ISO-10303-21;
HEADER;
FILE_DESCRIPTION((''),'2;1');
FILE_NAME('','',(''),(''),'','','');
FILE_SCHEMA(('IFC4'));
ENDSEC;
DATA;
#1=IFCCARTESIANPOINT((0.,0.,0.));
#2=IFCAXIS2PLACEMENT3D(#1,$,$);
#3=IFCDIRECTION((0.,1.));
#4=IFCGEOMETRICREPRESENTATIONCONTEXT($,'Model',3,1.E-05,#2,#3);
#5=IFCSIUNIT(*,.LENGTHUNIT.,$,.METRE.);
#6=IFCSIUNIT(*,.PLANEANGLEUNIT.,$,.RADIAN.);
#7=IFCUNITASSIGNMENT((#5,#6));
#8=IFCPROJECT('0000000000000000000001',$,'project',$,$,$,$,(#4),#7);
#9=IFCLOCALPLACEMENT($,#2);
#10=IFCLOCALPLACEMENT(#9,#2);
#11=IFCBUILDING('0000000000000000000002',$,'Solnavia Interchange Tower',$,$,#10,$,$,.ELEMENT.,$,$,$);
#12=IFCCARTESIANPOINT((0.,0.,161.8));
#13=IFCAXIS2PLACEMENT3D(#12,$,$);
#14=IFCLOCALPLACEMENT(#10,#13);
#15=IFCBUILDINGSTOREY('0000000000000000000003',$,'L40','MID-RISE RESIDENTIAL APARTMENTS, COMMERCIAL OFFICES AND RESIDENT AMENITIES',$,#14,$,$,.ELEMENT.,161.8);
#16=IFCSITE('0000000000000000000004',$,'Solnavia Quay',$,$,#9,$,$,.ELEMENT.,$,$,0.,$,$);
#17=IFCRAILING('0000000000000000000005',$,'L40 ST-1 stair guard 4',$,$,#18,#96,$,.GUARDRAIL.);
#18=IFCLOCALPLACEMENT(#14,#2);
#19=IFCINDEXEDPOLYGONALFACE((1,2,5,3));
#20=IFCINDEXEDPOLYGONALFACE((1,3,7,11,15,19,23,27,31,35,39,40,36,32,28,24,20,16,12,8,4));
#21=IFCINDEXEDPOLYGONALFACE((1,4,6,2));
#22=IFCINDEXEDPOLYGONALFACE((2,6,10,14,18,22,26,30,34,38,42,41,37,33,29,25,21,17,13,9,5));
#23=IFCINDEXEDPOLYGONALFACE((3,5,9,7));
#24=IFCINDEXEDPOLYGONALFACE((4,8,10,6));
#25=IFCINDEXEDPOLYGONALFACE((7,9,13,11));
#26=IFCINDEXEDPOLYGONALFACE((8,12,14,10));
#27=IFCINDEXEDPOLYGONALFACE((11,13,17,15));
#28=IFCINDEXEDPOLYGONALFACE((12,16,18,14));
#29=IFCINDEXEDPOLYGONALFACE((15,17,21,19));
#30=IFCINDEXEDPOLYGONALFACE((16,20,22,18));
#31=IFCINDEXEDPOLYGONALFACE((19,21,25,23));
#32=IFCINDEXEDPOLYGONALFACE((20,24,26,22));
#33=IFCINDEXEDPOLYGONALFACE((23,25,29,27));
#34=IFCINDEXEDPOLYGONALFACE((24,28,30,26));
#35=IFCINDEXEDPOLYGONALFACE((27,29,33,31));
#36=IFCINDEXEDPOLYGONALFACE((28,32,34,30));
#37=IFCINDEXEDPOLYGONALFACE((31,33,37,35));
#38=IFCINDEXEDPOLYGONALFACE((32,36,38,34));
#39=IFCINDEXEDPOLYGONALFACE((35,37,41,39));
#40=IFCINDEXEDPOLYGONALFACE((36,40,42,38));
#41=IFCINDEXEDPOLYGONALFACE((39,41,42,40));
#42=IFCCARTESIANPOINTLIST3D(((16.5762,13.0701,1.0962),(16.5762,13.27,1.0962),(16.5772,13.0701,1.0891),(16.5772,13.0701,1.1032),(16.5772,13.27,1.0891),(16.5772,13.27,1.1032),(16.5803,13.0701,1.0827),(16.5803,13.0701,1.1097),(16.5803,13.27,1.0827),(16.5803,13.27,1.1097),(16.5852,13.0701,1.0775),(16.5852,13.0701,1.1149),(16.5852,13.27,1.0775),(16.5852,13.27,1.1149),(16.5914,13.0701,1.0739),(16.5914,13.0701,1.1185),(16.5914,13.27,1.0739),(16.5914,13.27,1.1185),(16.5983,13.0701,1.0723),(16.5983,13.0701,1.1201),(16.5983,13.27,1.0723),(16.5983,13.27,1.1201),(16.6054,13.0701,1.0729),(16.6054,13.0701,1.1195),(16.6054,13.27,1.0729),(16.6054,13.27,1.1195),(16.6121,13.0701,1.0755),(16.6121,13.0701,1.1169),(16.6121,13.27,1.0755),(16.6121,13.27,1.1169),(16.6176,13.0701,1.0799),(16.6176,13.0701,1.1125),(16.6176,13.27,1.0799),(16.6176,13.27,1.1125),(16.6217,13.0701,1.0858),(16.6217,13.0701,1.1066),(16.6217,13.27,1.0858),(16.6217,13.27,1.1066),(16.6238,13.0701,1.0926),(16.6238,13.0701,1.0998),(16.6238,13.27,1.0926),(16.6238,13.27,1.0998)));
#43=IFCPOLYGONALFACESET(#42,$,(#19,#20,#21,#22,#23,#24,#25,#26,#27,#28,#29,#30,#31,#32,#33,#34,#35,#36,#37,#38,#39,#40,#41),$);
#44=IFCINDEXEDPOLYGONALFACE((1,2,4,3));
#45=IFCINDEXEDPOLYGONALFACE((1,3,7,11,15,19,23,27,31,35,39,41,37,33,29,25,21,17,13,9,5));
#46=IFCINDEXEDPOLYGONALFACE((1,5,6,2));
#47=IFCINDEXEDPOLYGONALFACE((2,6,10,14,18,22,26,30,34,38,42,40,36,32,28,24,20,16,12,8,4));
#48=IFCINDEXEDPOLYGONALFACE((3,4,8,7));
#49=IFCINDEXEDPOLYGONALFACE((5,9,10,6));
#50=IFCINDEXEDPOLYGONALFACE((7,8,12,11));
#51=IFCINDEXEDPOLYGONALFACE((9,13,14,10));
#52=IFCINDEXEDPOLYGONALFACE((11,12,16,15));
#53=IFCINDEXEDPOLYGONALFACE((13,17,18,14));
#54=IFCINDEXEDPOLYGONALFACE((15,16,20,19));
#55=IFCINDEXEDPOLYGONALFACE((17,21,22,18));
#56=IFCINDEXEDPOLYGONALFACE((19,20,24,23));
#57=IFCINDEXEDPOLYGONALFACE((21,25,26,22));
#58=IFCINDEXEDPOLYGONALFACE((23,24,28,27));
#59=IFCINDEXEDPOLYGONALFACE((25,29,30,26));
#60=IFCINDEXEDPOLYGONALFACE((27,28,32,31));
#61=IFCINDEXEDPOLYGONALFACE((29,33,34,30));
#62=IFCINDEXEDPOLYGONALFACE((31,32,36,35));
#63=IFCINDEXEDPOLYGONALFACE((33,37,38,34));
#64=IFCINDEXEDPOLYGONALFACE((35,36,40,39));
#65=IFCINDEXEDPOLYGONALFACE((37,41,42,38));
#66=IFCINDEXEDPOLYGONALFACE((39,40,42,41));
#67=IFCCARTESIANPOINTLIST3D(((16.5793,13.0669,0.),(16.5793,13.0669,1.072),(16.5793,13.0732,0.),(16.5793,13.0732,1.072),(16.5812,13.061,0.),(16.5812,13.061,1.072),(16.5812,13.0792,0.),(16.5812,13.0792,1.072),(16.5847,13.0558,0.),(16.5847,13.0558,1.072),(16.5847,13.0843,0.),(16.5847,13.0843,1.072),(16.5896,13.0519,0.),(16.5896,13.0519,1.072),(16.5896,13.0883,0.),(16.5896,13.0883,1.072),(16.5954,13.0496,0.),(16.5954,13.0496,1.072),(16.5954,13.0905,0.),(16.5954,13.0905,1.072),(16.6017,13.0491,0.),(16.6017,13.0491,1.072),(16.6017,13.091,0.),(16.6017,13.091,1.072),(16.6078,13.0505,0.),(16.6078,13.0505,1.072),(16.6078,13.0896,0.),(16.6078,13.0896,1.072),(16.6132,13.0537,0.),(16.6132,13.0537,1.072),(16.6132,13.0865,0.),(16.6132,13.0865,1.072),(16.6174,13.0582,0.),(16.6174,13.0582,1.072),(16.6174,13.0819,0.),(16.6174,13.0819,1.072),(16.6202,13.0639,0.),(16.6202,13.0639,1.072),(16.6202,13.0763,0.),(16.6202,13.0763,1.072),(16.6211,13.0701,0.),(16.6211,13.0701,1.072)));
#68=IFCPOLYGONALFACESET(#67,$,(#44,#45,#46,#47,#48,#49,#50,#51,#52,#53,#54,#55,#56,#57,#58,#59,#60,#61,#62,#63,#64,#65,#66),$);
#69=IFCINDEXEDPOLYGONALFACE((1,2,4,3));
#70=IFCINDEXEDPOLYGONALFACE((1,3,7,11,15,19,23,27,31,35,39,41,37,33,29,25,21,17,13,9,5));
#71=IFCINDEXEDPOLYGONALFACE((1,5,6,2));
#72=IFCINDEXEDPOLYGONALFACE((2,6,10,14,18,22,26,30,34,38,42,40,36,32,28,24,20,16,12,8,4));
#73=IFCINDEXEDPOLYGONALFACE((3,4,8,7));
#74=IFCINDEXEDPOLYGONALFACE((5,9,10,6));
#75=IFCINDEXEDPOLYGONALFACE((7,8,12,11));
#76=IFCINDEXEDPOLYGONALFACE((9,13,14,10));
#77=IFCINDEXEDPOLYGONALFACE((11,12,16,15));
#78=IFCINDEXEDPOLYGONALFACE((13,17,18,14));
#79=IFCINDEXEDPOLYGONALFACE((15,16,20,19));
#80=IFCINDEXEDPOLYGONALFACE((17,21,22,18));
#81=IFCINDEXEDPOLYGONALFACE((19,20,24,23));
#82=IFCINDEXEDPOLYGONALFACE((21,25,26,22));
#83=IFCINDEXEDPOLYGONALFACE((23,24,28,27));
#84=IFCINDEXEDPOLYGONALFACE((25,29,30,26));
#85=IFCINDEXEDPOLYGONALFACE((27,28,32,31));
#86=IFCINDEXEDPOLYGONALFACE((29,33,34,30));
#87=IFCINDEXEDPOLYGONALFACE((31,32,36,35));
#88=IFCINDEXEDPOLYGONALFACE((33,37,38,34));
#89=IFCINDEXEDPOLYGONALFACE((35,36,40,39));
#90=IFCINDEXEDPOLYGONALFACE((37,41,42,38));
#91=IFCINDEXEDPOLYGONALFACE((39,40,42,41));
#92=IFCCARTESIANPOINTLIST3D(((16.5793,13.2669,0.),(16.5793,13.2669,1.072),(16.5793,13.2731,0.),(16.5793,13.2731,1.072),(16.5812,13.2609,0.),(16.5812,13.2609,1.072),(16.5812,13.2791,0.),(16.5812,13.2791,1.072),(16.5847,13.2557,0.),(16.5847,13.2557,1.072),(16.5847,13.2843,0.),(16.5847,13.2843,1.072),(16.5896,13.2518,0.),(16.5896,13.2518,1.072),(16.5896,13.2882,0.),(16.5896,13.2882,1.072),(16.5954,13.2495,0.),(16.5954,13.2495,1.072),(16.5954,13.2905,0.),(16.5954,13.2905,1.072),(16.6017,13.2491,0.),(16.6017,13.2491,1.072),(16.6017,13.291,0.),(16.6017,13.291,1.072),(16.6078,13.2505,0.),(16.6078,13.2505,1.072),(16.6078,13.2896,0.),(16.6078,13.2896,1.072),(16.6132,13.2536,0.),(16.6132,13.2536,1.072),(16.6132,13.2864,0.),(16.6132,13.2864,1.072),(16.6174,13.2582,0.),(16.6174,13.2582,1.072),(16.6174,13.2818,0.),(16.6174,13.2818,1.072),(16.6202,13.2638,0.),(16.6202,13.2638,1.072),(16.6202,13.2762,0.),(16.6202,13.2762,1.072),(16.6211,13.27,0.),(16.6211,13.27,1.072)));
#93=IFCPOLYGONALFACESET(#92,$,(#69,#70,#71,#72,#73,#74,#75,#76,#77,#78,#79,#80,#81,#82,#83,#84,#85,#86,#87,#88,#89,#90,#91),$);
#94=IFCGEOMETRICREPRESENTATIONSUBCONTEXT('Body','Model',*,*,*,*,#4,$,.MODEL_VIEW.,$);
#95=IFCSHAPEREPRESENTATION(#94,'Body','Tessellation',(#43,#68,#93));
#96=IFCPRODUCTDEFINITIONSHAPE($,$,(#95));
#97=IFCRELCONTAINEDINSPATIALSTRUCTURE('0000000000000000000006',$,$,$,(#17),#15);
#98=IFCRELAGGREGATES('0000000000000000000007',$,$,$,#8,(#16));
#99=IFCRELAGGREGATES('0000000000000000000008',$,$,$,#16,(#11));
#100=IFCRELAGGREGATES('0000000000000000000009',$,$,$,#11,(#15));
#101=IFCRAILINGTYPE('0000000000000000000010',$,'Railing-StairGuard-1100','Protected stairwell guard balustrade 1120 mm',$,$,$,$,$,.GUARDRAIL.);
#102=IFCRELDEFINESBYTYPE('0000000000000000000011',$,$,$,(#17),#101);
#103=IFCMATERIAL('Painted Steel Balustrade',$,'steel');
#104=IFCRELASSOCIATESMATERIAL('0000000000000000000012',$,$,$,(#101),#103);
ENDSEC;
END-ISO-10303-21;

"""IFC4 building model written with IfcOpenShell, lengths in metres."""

from ifc_helpers import new_model, si_unit, direction, frame, origin, origin_2d, place, context, subcontext, project, spatial, circle, extrude, material, type_object, element, save


model = new_model("IFC4")

# Units and contexts
model_context = context("Model", 3, precision=1e-05, world=origin(), true_north=direction((0.0, 1.0)))
body_context = subcontext(model_context, "Body", "Model", "MODEL_VIEW")
ifc_project = project(units=[si_unit("LENGTHUNIT", "METRE"), si_unit("PLANEANGLEUNIT", "RADIAN")], contexts=[model_context])

# Site, building, storey
site_placement = place(None, origin())
site = spatial("IfcSite", under=ifc_project, at=site_placement, Name="Solnavia Quay", CompositionType="ELEMENT", RefElevation=0.0)
building_placement = place(site_placement, origin())
building = spatial("IfcBuilding", under=site, at=building_placement, Name="Solnavia Interchange Tower", CompositionType="ELEMENT")
storey_placement = place(building_placement, frame((0.0, 0.0, 161.8)))
storey = spatial("IfcBuildingStorey", under=building, at=storey_placement, Name="L40", Description="MID-RISE RESIDENTIAL APARTMENTS, COMMERCIAL OFFICES AND RESIDENT AMENITIES", CompositionType="ELEMENT", Elevation=161.8)

# Railing
ifc_material_1 = material(Name="Painted Steel Balustrade", Category="steel")
railing_type_1 = type_object("IfcRailingType", Name="Railing-StairGuard-1100", Description="Protected stairwell guard balustrade 1120 mm", PredefinedType="GUARDRAIL", material=ifc_material_1)
railing_1_placement = place(storey_placement, frame((16.6001, 13.0701, 0.0)))
element("IfcRailing", 1, at=railing_1_placement, inside=storey, type_object=railing_type_1, Name="L40 ST-1 stair guard 4", PredefinedType="GUARDRAIL", context=body_context, shape_type="SweptSolid", body=[
    extrude(circle(Radius=0.0239, at=origin_2d()), frame((0.0, 0.0, 1.0962), z_axis=(0.0, 1.0, 0.0), x_axis=(-1.0, 0.0, 0.0)), (0.0, 0.0, 1.0), 0.2),
    extrude(circle(Radius=0.021, at=origin_2d()), origin(), (0.0, 0.0, 1.0), 1.072),
    extrude(circle(Radius=0.021, at=origin_2d()), frame((0.0, 0.2, 0.0)), (0.0, 0.0, 1.0), 1.072),
])

save(model, "model.ifc")
